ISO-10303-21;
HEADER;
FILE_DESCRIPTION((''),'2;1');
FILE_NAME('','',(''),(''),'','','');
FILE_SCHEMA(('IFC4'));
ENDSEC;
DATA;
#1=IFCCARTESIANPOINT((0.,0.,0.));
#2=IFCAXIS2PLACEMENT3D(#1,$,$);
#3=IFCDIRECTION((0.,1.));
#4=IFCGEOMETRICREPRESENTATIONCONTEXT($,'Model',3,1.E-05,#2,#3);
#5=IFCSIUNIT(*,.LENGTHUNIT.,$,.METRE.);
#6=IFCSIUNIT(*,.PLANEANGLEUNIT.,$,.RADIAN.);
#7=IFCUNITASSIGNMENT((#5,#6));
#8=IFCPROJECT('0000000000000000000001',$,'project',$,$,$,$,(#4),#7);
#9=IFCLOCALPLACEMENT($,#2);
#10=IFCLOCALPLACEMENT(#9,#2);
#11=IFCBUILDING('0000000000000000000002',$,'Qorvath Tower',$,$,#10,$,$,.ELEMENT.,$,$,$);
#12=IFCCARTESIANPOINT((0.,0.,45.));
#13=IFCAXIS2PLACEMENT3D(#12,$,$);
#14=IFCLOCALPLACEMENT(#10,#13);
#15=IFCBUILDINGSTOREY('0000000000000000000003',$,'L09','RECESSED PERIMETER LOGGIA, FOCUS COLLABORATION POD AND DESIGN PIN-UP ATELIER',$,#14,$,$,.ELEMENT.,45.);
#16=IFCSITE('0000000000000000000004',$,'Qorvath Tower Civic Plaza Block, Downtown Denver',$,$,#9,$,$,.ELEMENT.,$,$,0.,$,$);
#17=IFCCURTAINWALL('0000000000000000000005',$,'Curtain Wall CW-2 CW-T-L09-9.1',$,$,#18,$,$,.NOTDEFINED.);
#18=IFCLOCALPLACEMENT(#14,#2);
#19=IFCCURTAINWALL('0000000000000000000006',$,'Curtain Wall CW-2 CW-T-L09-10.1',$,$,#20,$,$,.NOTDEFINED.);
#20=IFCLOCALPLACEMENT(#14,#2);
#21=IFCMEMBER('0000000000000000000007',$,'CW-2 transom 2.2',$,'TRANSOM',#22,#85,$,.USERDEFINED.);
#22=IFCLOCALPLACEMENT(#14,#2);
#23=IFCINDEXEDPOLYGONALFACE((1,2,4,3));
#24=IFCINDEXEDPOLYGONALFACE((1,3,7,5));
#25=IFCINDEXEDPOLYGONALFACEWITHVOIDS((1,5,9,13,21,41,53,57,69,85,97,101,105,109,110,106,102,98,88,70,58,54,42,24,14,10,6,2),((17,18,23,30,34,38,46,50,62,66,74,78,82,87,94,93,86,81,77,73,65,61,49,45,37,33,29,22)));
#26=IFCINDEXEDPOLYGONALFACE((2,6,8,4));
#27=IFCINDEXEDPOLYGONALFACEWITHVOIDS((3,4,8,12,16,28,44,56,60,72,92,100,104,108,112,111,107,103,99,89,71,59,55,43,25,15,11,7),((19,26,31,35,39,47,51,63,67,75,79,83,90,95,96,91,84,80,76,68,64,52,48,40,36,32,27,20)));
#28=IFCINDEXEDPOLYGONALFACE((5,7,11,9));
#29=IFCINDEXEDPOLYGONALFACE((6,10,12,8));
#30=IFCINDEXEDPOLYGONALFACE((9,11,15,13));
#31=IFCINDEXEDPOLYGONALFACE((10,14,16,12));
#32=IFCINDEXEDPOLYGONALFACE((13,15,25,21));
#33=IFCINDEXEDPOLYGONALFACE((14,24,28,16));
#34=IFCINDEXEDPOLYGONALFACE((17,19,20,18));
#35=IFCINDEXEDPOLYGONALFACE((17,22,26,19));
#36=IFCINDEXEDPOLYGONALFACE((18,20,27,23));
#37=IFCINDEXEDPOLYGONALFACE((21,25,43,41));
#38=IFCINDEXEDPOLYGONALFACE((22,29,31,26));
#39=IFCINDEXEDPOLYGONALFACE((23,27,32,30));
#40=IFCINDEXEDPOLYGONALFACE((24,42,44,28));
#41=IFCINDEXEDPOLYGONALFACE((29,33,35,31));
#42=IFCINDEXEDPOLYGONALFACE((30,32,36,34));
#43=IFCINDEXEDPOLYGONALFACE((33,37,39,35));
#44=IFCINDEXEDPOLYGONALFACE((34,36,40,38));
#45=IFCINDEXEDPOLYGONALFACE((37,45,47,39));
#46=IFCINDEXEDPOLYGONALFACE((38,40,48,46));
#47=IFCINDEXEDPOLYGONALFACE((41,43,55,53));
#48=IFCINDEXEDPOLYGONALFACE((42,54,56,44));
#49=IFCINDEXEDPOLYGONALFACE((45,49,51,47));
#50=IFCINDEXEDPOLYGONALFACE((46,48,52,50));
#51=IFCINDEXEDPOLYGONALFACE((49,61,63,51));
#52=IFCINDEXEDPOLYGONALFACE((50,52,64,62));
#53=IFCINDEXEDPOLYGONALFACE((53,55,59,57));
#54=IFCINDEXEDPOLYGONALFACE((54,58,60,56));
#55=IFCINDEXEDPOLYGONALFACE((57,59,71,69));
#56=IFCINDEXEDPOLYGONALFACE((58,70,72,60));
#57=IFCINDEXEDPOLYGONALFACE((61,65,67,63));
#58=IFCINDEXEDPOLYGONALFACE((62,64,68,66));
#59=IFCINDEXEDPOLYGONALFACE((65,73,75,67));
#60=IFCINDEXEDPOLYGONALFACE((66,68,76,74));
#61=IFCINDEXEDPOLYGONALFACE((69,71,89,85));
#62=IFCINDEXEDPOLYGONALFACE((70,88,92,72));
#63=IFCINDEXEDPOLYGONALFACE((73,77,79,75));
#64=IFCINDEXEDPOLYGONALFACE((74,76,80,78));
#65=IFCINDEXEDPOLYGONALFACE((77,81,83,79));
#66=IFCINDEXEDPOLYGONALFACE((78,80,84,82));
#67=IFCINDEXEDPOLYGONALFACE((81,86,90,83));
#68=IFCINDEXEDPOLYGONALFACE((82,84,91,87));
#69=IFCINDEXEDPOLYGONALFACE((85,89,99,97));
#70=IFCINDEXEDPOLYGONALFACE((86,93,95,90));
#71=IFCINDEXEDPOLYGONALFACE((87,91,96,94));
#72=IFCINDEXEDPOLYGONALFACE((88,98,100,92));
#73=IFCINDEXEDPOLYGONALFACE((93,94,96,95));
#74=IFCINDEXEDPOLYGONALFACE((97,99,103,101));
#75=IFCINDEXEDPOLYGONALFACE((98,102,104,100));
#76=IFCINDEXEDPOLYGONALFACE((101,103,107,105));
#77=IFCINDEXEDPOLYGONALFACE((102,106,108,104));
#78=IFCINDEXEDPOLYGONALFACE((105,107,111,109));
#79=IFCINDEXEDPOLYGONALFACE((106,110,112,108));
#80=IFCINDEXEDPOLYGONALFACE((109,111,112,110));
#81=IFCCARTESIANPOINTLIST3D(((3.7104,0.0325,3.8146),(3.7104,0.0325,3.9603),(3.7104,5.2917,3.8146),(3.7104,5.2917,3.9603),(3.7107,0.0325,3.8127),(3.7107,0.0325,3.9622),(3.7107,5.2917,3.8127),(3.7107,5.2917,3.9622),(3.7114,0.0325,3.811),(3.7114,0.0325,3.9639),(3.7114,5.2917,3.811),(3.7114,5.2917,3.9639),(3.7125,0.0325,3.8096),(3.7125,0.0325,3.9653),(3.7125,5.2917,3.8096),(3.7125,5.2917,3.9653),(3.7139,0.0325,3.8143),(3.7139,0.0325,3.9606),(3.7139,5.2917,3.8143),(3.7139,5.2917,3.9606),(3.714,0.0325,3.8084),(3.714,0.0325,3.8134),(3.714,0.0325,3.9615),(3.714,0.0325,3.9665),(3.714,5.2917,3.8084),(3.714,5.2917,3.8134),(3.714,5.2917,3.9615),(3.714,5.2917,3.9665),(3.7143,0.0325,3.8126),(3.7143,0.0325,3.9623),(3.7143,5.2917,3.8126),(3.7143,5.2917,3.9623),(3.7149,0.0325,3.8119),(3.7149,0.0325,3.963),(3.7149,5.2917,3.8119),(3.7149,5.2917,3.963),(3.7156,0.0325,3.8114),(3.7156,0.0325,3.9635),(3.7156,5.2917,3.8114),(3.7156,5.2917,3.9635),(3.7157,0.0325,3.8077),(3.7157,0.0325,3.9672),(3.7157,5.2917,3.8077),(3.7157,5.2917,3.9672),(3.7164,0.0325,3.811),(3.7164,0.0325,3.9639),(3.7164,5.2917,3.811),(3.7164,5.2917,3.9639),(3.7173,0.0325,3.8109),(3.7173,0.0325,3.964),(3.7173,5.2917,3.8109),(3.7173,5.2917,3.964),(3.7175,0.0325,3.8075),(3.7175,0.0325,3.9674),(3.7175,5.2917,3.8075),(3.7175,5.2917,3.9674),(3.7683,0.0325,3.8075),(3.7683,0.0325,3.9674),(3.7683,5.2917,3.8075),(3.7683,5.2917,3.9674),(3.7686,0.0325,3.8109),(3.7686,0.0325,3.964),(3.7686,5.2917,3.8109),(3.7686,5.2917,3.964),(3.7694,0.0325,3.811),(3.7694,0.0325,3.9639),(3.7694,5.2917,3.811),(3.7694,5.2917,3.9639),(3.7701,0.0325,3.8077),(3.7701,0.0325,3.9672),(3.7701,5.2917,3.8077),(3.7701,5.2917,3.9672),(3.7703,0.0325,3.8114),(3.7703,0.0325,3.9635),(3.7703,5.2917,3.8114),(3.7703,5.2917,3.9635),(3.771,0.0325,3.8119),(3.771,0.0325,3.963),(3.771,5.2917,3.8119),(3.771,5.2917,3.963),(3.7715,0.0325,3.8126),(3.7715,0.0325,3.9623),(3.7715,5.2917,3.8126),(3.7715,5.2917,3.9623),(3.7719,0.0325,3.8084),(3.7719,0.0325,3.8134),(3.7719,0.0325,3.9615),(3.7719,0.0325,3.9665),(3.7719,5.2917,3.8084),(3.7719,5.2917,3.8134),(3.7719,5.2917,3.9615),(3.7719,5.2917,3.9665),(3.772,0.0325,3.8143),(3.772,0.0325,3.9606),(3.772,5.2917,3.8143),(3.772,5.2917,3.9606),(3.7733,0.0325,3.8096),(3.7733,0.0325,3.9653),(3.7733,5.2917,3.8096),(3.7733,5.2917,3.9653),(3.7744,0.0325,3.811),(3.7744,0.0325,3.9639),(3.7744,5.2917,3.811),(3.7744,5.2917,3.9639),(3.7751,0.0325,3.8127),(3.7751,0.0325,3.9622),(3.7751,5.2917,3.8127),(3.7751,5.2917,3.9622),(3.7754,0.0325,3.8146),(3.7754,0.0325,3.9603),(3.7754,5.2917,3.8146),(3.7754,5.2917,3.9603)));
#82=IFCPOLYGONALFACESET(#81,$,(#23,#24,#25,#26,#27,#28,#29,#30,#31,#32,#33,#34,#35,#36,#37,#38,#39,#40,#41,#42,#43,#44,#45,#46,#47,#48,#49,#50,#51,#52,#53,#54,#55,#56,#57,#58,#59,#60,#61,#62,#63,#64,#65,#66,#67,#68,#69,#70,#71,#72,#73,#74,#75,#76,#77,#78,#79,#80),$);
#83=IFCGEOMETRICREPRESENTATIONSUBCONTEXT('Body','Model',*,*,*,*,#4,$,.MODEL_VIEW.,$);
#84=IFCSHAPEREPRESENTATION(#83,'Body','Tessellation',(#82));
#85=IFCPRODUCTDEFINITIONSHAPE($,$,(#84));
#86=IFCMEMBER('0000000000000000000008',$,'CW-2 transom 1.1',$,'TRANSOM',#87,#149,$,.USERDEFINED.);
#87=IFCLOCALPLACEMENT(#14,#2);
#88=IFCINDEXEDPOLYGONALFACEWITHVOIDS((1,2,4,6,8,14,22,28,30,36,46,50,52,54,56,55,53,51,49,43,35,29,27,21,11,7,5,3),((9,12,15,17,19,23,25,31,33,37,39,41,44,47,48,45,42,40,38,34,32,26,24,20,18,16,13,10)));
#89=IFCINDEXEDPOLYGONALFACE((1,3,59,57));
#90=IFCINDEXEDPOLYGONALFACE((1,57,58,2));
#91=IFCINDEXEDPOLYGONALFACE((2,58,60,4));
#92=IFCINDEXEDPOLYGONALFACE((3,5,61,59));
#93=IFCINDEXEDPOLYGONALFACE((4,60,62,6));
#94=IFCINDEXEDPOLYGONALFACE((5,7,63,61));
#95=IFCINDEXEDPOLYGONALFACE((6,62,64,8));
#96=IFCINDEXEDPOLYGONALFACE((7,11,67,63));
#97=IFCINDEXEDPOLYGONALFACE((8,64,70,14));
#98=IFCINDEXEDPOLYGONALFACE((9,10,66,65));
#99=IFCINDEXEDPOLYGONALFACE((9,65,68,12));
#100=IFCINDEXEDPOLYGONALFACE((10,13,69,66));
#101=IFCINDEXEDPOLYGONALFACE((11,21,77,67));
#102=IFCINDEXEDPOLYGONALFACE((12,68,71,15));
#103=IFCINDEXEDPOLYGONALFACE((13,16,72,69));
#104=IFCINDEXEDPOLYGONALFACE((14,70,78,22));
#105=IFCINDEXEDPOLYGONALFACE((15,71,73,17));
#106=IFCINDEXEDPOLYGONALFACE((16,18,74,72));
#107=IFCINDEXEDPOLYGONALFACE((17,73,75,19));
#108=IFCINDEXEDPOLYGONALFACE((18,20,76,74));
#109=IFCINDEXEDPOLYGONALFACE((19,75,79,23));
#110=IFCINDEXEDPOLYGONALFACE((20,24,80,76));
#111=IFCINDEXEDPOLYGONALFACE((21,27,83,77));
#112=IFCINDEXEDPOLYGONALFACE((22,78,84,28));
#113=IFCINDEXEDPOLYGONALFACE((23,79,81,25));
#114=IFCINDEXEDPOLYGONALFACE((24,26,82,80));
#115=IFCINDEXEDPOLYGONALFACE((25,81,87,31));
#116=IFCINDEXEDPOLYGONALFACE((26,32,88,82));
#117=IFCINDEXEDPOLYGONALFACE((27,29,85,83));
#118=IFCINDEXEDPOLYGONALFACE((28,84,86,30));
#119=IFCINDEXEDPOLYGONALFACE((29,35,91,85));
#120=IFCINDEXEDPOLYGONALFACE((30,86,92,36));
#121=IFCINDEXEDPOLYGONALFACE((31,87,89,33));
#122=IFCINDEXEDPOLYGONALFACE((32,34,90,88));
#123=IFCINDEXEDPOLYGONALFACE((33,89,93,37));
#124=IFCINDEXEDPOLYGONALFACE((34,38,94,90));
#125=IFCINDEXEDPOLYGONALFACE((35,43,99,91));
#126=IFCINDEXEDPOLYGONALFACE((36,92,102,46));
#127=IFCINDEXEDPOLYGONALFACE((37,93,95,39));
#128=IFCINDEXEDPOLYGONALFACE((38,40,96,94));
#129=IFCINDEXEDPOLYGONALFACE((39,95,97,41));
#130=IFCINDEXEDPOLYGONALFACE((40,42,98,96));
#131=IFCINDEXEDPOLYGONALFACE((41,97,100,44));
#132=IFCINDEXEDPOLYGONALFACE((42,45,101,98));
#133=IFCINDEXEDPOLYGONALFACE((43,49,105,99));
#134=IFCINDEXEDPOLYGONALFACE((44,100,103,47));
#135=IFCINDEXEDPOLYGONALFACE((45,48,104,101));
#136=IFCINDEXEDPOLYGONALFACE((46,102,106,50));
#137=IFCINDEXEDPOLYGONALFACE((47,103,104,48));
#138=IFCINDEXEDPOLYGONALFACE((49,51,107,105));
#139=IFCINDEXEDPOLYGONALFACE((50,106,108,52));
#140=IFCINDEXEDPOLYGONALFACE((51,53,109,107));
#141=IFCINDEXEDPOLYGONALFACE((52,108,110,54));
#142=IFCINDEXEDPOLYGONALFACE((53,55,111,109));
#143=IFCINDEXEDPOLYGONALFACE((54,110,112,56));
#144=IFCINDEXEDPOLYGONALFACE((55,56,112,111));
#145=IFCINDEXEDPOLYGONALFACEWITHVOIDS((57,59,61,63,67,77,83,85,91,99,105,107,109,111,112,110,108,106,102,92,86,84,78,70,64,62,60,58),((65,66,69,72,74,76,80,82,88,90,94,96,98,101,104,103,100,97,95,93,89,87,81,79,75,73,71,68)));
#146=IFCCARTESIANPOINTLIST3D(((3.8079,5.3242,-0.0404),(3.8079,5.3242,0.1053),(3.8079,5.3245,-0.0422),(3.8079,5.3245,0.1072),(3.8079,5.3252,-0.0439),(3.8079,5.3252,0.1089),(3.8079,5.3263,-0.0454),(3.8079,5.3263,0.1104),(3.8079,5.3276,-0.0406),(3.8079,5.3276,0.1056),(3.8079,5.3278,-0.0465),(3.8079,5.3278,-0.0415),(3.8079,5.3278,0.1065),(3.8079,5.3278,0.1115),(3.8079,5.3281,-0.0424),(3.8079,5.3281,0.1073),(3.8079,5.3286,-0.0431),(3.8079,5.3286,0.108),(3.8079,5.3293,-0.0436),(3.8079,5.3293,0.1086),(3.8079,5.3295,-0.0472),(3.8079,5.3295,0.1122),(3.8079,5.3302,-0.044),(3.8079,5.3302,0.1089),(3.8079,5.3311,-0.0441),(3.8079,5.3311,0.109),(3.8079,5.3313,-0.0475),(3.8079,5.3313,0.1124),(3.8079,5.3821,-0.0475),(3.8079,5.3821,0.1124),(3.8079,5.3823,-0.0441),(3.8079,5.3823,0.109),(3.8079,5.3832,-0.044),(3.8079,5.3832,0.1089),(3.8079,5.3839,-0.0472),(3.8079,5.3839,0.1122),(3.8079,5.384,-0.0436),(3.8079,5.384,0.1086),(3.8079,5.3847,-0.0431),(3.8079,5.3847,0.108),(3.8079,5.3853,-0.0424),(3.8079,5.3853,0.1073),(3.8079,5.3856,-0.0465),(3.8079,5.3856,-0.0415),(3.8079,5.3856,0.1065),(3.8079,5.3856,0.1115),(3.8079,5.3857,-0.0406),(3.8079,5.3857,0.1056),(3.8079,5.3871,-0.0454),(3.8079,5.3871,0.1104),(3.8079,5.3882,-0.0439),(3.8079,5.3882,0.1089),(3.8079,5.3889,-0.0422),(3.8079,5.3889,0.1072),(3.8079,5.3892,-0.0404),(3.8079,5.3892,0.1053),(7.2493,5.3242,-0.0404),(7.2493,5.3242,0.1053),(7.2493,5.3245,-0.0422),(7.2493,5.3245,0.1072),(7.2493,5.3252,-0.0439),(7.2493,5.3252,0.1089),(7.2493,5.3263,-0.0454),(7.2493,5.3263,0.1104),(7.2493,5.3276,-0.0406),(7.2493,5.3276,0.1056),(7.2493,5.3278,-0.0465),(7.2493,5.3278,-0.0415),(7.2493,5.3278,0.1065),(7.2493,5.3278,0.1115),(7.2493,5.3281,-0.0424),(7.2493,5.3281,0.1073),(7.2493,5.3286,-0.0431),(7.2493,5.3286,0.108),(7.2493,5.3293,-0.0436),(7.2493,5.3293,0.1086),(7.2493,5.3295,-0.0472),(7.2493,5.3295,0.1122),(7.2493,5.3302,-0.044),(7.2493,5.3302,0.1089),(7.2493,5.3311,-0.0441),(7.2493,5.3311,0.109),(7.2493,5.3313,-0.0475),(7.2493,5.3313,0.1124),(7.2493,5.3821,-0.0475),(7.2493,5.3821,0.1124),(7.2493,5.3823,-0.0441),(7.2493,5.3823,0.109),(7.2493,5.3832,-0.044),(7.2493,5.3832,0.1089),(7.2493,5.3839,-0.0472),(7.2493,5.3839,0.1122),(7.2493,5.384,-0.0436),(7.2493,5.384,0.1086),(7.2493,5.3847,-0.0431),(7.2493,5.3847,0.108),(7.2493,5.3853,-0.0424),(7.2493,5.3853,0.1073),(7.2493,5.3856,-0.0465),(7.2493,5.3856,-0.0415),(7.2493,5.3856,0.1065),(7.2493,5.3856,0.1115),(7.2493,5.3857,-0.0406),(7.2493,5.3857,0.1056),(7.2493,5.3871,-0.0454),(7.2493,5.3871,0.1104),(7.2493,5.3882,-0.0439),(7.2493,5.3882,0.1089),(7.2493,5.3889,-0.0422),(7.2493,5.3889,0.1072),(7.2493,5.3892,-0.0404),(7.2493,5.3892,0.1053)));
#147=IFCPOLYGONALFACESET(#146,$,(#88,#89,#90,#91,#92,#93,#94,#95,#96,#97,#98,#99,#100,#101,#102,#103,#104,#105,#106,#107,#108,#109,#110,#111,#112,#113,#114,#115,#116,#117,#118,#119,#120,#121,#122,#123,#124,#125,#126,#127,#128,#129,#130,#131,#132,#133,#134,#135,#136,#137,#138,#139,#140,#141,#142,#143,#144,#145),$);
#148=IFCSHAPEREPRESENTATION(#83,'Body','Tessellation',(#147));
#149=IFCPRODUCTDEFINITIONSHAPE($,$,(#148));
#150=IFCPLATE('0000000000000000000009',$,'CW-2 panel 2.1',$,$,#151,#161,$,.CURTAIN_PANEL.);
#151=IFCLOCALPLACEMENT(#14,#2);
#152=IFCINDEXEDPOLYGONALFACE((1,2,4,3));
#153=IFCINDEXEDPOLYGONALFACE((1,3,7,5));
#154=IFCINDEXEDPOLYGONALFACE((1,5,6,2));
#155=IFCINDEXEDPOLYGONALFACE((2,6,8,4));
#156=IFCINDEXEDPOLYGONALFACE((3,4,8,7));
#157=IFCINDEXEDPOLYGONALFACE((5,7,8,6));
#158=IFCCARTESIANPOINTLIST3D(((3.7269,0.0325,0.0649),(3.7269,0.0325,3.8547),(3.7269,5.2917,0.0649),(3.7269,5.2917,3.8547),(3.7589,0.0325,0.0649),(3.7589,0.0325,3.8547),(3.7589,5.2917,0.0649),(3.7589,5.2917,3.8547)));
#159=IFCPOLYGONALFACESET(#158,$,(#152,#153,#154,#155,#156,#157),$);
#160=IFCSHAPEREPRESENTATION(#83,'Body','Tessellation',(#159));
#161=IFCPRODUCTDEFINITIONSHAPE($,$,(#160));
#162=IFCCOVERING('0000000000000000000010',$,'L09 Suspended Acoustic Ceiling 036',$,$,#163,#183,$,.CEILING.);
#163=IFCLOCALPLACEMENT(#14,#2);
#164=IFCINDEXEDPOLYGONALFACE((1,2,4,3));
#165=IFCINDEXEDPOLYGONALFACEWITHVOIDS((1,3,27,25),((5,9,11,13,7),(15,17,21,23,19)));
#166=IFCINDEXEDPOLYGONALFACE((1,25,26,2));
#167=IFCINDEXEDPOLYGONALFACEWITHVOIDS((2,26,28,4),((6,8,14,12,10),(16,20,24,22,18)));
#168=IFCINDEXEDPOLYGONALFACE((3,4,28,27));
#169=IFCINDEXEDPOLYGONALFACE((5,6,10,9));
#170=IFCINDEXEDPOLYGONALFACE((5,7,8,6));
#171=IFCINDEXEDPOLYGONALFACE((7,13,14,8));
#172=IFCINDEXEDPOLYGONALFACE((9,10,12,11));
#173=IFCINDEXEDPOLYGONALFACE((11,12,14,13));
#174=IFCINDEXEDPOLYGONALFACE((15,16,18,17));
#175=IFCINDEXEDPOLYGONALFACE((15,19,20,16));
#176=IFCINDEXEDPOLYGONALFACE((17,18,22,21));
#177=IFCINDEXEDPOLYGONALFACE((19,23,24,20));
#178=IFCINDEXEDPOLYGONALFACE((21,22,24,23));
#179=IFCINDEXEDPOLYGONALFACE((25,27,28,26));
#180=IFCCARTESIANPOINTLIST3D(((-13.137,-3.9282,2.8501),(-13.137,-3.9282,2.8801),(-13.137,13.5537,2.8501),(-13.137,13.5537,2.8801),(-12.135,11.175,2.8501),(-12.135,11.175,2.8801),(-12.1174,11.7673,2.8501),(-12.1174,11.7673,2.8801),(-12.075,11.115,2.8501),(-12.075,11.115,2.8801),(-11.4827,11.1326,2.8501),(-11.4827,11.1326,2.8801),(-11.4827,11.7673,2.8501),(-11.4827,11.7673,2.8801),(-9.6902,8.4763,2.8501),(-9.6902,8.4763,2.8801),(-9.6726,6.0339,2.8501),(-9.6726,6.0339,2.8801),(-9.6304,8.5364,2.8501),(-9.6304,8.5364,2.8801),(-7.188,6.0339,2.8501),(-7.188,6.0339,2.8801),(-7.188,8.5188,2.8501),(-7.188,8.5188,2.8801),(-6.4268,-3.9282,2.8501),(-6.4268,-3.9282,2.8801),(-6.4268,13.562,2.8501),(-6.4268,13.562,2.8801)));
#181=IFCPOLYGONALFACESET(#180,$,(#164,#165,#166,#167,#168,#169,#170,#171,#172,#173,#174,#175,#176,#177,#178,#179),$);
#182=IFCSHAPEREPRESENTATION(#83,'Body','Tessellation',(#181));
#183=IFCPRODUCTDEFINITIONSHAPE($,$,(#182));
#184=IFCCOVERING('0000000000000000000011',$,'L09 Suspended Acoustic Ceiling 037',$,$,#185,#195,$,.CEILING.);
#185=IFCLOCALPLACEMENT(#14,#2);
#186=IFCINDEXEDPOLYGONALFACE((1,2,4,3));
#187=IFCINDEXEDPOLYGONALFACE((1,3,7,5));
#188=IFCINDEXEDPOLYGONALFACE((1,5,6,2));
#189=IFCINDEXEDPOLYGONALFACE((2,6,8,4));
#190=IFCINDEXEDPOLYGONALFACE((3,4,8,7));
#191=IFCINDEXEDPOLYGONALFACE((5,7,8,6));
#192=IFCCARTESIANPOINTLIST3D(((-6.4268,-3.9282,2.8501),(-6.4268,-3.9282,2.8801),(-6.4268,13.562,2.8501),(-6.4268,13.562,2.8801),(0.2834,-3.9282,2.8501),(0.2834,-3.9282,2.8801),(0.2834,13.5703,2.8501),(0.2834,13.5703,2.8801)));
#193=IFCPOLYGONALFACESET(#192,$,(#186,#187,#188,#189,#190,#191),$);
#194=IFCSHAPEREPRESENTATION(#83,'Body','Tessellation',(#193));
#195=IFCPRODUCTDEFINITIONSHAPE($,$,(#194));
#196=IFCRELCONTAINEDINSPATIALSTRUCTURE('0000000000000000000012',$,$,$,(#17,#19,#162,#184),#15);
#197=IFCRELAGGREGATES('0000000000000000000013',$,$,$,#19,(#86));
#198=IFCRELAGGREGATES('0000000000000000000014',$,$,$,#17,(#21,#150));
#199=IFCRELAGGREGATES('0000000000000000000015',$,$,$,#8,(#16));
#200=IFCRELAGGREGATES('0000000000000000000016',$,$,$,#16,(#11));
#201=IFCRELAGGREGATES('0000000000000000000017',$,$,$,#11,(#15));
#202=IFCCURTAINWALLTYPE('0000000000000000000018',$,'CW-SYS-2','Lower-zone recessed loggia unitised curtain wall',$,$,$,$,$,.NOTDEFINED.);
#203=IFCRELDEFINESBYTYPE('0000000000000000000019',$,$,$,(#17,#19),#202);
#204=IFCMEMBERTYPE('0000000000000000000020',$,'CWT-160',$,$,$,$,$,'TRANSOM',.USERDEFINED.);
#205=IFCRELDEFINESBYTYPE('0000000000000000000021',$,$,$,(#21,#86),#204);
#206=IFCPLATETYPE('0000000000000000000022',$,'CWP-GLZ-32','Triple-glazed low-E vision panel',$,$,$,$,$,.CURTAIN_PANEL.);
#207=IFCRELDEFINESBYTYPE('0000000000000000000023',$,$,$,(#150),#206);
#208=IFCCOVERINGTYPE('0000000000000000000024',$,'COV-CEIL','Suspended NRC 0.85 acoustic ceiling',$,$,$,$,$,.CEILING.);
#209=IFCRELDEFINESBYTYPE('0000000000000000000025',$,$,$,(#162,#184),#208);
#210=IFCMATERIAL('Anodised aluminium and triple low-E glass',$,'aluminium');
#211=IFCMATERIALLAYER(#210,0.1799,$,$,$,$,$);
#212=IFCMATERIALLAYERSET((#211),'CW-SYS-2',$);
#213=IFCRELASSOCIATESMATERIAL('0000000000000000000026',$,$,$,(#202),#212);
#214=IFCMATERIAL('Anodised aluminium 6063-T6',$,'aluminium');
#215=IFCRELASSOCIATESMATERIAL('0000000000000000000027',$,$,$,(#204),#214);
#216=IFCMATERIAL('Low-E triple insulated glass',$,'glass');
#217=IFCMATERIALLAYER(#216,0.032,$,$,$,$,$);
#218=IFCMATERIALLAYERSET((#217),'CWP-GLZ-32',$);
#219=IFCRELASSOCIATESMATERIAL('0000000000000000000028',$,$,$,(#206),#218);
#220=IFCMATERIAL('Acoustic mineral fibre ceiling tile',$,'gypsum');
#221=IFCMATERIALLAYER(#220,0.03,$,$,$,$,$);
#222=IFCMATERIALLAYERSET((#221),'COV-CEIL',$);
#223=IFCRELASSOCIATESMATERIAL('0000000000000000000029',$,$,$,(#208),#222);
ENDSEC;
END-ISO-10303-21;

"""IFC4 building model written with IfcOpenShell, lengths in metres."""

from ifc_helpers import new_model, si_unit, direction, frame, origin, origin_2d, place, context, subcontext, project, spatial, polyline, rectangle, hollow_rectangle, outline, extrude, material, layer, layer_set, material_profile, profile_set, type_object, element, aggregate, save


model = new_model("IFC4")

# Units and contexts
model_context = context("Model", 3, precision=1e-05, world=origin(), true_north=direction((0.0, 1.0)))
body_context = subcontext(model_context, "Body", "Model", "MODEL_VIEW")
ifc_project = project(units=[si_unit("LENGTHUNIT", "METRE"), si_unit("PLANEANGLEUNIT", "RADIAN")], contexts=[model_context])

# Site, building, storey
site_placement = place(None, origin())
site = spatial("IfcSite", under=ifc_project, at=site_placement, Name="Qorvath Tower Civic Plaza Block, Downtown Denver", CompositionType="ELEMENT", RefElevation=0.0)
building_placement = place(site_placement, origin())
building = spatial("IfcBuilding", under=site, at=building_placement, Name="Qorvath Tower", CompositionType="ELEMENT")
storey_placement = place(building_placement, frame((0.0, 0.0, 45.0)))
storey = spatial("IfcBuildingStorey", under=building, at=storey_placement, Name="L09", Description="RECESSED PERIMETER LOGGIA, FOCUS COLLABORATION POD AND DESIGN PIN-UP ATELIER", CompositionType="ELEMENT", Elevation=45.0)

# Curtain wall
ifc_material_1 = material(Name="Anodised aluminium and triple low-E glass", Category="aluminium")
ifc_layer_1 = layer(ifc_material_1, 0.1799)
ifc_layer_set_1 = layer_set([ifc_layer_1], Name="CW-SYS-2")
curtain_wall_type = type_object("IfcCurtainWallType", Name="CW-SYS-2", Description="Lower-zone recessed loggia unitised curtain wall", PredefinedType="NOTDEFINED", material=ifc_layer_set_1)
curtain_wall_1_placement = place(storey_placement, origin())
curtain_wall_1 = element("IfcCurtainWall", 1, at=curtain_wall_1_placement, inside=storey, type_object=curtain_wall_type, Name="Curtain Wall CW-2 CW-T-L09-9.1", PredefinedType="NOTDEFINED")

# Curtain wall
curtain_wall_2_placement = place(storey_placement, origin())
curtain_wall_2 = element("IfcCurtainWall", 2, at=curtain_wall_2_placement, inside=storey, type_object=curtain_wall_type, Name="Curtain Wall CW-2 CW-T-L09-10.1", PredefinedType="NOTDEFINED")

# Members
ifc_material_2 = material(Name="Anodised aluminium 6063-T6", Category="aluminium")
ifc_material_profile_1 = material_profile(ifc_material_2, hollow_rectangle(XDim=0.0649, YDim=0.1599, WallThickness=0.0034, InnerFilletRadius=0.0034, OuterFilletRadius=0.0071, at=origin_2d()), Name="CWT 160x65")
ifc_profile_set_1 = profile_set([ifc_material_profile_1], Name="Anodised aluminium 6063-T6")
member_type_1 = type_object("IfcMemberType", Name="CWT-160", ElementType="TRANSOM", PredefinedType="USERDEFINED", material=ifc_profile_set_1)
member_1_placement = place(storey_placement, frame((3.7429, 0.0325, 3.8875), z_axis=(0.0, 1.0, 0.0), x_axis=(-1.0, 0.0, 0.0)))
member_1 = element("IfcMember", 3, at=member_1_placement, type_object=member_type_1, Name="CW-2 transom 2.2", ObjectType="TRANSOM", PredefinedType="USERDEFINED", context=body_context, shape_type="SweptSolid", body=[
    extrude(hollow_rectangle(XDim=0.0649, YDim=0.1599, WallThickness=0.0034, InnerFilletRadius=0.0034, OuterFilletRadius=0.0071, at=origin_2d()), origin(), (0.0, 0.0, 1.0), 5.2593),
])
member_2_placement = place(storey_placement, frame((3.8079, 5.3567, 0.0325), z_axis=(1.0, 0.0, 0.0), x_axis=(0.0, 1.0, 0.0)))
member_2 = element("IfcMember", 4, at=member_2_placement, type_object=member_type_1, Name="CW-2 transom 1.1", ObjectType="TRANSOM", PredefinedType="USERDEFINED", context=body_context, shape_type="SweptSolid", body=[
    extrude(hollow_rectangle(XDim=0.0649, YDim=0.1599, WallThickness=0.0034, InnerFilletRadius=0.0034, OuterFilletRadius=0.0071, at=origin_2d()), origin(), (0.0, 0.0, 1.0), 3.4414),
])
aggregate(curtain_wall_2, [member_2])

# Plate
ifc_material_3 = material(Name="Low-E triple insulated glass", Category="glass")
ifc_layer_2 = layer(ifc_material_3, 0.032)
ifc_layer_set_2 = layer_set([ifc_layer_2], Name="CWP-GLZ-32")
plate_type = type_object("IfcPlateType", Name="CWP-GLZ-32", Description="Triple-glazed low-E vision panel", PredefinedType="CURTAIN_PANEL", material=ifc_layer_set_2)
plate_placement = place(storey_placement, frame((3.7429, 2.6621, 0.0649), z_axis=(0.0, 0.0, 1.0), x_axis=(0.0, 1.0, 0.0)))
plate = element("IfcPlate", 5, at=plate_placement, type_object=plate_type, Name="CW-2 panel 2.1", PredefinedType="CURTAIN_PANEL", context=body_context, shape_type="SweptSolid", body=[
    extrude(rectangle(XDim=5.2593, YDim=0.032, at=origin_2d()), origin(), (0.0, 0.0, 1.0), 3.7898),
])
aggregate(curtain_wall_1, [member_1, plate])

# Coverings
ifc_material_4 = material(Name="Acoustic mineral fibre ceiling tile", Category="gypsum")
ifc_layer_3 = layer(ifc_material_4, 0.03)
ifc_layer_set_3 = layer_set([ifc_layer_3], Name="COV-CEIL")
covering_type_1 = type_object("IfcCoveringType", Name="COV-CEIL", Description="Suspended NRC 0.85 acoustic ceiling", PredefinedType="CEILING", material=ifc_layer_set_3)
covering_1_placement = place(storey_placement, frame((0.0, 0.0, 2.8501)))
element("IfcCovering", 6, at=covering_1_placement, inside=storey, type_object=covering_type_1, Name="L09 Suspended Acoustic Ceiling 036", PredefinedType="CEILING", context=body_context, shape_type="SweptSolid", body=[
    extrude(outline(polyline([(-6.4268, -3.9282), (-6.4268, 13.562), (-13.137, 13.5537), (-13.137, -3.9282), (-6.4268, -3.9282)]), holes=[polyline([(-9.6902, 8.4763), (-9.6304, 8.5364), (-7.188, 8.5188), (-7.188, 6.0339), (-9.6726, 6.0339), (-9.6902, 8.4763)]), polyline([(-12.135, 11.175), (-12.1174, 11.7673), (-11.4827, 11.7673), (-11.4827, 11.1326), (-12.075, 11.115), (-12.135, 11.175)])]), origin(), (0.0, 0.0, 1.0), 0.03),
])
covering_2_placement = place(storey_placement, frame((0.0, 0.0, 2.8501)))
element("IfcCovering", 7, at=covering_2_placement, inside=storey, type_object=covering_type_1, Name="L09 Suspended Acoustic Ceiling 037", PredefinedType="CEILING", context=body_context, shape_type="SweptSolid", body=[
    extrude(outline(polyline([(0.2834, -3.9282), (0.2834, 13.5703), (-6.4268, 13.562), (-6.4268, -3.9282), (0.2834, -3.9282)])), origin(), (0.0, 0.0, 1.0), 0.03),
])

save(model, "model.ifc")
